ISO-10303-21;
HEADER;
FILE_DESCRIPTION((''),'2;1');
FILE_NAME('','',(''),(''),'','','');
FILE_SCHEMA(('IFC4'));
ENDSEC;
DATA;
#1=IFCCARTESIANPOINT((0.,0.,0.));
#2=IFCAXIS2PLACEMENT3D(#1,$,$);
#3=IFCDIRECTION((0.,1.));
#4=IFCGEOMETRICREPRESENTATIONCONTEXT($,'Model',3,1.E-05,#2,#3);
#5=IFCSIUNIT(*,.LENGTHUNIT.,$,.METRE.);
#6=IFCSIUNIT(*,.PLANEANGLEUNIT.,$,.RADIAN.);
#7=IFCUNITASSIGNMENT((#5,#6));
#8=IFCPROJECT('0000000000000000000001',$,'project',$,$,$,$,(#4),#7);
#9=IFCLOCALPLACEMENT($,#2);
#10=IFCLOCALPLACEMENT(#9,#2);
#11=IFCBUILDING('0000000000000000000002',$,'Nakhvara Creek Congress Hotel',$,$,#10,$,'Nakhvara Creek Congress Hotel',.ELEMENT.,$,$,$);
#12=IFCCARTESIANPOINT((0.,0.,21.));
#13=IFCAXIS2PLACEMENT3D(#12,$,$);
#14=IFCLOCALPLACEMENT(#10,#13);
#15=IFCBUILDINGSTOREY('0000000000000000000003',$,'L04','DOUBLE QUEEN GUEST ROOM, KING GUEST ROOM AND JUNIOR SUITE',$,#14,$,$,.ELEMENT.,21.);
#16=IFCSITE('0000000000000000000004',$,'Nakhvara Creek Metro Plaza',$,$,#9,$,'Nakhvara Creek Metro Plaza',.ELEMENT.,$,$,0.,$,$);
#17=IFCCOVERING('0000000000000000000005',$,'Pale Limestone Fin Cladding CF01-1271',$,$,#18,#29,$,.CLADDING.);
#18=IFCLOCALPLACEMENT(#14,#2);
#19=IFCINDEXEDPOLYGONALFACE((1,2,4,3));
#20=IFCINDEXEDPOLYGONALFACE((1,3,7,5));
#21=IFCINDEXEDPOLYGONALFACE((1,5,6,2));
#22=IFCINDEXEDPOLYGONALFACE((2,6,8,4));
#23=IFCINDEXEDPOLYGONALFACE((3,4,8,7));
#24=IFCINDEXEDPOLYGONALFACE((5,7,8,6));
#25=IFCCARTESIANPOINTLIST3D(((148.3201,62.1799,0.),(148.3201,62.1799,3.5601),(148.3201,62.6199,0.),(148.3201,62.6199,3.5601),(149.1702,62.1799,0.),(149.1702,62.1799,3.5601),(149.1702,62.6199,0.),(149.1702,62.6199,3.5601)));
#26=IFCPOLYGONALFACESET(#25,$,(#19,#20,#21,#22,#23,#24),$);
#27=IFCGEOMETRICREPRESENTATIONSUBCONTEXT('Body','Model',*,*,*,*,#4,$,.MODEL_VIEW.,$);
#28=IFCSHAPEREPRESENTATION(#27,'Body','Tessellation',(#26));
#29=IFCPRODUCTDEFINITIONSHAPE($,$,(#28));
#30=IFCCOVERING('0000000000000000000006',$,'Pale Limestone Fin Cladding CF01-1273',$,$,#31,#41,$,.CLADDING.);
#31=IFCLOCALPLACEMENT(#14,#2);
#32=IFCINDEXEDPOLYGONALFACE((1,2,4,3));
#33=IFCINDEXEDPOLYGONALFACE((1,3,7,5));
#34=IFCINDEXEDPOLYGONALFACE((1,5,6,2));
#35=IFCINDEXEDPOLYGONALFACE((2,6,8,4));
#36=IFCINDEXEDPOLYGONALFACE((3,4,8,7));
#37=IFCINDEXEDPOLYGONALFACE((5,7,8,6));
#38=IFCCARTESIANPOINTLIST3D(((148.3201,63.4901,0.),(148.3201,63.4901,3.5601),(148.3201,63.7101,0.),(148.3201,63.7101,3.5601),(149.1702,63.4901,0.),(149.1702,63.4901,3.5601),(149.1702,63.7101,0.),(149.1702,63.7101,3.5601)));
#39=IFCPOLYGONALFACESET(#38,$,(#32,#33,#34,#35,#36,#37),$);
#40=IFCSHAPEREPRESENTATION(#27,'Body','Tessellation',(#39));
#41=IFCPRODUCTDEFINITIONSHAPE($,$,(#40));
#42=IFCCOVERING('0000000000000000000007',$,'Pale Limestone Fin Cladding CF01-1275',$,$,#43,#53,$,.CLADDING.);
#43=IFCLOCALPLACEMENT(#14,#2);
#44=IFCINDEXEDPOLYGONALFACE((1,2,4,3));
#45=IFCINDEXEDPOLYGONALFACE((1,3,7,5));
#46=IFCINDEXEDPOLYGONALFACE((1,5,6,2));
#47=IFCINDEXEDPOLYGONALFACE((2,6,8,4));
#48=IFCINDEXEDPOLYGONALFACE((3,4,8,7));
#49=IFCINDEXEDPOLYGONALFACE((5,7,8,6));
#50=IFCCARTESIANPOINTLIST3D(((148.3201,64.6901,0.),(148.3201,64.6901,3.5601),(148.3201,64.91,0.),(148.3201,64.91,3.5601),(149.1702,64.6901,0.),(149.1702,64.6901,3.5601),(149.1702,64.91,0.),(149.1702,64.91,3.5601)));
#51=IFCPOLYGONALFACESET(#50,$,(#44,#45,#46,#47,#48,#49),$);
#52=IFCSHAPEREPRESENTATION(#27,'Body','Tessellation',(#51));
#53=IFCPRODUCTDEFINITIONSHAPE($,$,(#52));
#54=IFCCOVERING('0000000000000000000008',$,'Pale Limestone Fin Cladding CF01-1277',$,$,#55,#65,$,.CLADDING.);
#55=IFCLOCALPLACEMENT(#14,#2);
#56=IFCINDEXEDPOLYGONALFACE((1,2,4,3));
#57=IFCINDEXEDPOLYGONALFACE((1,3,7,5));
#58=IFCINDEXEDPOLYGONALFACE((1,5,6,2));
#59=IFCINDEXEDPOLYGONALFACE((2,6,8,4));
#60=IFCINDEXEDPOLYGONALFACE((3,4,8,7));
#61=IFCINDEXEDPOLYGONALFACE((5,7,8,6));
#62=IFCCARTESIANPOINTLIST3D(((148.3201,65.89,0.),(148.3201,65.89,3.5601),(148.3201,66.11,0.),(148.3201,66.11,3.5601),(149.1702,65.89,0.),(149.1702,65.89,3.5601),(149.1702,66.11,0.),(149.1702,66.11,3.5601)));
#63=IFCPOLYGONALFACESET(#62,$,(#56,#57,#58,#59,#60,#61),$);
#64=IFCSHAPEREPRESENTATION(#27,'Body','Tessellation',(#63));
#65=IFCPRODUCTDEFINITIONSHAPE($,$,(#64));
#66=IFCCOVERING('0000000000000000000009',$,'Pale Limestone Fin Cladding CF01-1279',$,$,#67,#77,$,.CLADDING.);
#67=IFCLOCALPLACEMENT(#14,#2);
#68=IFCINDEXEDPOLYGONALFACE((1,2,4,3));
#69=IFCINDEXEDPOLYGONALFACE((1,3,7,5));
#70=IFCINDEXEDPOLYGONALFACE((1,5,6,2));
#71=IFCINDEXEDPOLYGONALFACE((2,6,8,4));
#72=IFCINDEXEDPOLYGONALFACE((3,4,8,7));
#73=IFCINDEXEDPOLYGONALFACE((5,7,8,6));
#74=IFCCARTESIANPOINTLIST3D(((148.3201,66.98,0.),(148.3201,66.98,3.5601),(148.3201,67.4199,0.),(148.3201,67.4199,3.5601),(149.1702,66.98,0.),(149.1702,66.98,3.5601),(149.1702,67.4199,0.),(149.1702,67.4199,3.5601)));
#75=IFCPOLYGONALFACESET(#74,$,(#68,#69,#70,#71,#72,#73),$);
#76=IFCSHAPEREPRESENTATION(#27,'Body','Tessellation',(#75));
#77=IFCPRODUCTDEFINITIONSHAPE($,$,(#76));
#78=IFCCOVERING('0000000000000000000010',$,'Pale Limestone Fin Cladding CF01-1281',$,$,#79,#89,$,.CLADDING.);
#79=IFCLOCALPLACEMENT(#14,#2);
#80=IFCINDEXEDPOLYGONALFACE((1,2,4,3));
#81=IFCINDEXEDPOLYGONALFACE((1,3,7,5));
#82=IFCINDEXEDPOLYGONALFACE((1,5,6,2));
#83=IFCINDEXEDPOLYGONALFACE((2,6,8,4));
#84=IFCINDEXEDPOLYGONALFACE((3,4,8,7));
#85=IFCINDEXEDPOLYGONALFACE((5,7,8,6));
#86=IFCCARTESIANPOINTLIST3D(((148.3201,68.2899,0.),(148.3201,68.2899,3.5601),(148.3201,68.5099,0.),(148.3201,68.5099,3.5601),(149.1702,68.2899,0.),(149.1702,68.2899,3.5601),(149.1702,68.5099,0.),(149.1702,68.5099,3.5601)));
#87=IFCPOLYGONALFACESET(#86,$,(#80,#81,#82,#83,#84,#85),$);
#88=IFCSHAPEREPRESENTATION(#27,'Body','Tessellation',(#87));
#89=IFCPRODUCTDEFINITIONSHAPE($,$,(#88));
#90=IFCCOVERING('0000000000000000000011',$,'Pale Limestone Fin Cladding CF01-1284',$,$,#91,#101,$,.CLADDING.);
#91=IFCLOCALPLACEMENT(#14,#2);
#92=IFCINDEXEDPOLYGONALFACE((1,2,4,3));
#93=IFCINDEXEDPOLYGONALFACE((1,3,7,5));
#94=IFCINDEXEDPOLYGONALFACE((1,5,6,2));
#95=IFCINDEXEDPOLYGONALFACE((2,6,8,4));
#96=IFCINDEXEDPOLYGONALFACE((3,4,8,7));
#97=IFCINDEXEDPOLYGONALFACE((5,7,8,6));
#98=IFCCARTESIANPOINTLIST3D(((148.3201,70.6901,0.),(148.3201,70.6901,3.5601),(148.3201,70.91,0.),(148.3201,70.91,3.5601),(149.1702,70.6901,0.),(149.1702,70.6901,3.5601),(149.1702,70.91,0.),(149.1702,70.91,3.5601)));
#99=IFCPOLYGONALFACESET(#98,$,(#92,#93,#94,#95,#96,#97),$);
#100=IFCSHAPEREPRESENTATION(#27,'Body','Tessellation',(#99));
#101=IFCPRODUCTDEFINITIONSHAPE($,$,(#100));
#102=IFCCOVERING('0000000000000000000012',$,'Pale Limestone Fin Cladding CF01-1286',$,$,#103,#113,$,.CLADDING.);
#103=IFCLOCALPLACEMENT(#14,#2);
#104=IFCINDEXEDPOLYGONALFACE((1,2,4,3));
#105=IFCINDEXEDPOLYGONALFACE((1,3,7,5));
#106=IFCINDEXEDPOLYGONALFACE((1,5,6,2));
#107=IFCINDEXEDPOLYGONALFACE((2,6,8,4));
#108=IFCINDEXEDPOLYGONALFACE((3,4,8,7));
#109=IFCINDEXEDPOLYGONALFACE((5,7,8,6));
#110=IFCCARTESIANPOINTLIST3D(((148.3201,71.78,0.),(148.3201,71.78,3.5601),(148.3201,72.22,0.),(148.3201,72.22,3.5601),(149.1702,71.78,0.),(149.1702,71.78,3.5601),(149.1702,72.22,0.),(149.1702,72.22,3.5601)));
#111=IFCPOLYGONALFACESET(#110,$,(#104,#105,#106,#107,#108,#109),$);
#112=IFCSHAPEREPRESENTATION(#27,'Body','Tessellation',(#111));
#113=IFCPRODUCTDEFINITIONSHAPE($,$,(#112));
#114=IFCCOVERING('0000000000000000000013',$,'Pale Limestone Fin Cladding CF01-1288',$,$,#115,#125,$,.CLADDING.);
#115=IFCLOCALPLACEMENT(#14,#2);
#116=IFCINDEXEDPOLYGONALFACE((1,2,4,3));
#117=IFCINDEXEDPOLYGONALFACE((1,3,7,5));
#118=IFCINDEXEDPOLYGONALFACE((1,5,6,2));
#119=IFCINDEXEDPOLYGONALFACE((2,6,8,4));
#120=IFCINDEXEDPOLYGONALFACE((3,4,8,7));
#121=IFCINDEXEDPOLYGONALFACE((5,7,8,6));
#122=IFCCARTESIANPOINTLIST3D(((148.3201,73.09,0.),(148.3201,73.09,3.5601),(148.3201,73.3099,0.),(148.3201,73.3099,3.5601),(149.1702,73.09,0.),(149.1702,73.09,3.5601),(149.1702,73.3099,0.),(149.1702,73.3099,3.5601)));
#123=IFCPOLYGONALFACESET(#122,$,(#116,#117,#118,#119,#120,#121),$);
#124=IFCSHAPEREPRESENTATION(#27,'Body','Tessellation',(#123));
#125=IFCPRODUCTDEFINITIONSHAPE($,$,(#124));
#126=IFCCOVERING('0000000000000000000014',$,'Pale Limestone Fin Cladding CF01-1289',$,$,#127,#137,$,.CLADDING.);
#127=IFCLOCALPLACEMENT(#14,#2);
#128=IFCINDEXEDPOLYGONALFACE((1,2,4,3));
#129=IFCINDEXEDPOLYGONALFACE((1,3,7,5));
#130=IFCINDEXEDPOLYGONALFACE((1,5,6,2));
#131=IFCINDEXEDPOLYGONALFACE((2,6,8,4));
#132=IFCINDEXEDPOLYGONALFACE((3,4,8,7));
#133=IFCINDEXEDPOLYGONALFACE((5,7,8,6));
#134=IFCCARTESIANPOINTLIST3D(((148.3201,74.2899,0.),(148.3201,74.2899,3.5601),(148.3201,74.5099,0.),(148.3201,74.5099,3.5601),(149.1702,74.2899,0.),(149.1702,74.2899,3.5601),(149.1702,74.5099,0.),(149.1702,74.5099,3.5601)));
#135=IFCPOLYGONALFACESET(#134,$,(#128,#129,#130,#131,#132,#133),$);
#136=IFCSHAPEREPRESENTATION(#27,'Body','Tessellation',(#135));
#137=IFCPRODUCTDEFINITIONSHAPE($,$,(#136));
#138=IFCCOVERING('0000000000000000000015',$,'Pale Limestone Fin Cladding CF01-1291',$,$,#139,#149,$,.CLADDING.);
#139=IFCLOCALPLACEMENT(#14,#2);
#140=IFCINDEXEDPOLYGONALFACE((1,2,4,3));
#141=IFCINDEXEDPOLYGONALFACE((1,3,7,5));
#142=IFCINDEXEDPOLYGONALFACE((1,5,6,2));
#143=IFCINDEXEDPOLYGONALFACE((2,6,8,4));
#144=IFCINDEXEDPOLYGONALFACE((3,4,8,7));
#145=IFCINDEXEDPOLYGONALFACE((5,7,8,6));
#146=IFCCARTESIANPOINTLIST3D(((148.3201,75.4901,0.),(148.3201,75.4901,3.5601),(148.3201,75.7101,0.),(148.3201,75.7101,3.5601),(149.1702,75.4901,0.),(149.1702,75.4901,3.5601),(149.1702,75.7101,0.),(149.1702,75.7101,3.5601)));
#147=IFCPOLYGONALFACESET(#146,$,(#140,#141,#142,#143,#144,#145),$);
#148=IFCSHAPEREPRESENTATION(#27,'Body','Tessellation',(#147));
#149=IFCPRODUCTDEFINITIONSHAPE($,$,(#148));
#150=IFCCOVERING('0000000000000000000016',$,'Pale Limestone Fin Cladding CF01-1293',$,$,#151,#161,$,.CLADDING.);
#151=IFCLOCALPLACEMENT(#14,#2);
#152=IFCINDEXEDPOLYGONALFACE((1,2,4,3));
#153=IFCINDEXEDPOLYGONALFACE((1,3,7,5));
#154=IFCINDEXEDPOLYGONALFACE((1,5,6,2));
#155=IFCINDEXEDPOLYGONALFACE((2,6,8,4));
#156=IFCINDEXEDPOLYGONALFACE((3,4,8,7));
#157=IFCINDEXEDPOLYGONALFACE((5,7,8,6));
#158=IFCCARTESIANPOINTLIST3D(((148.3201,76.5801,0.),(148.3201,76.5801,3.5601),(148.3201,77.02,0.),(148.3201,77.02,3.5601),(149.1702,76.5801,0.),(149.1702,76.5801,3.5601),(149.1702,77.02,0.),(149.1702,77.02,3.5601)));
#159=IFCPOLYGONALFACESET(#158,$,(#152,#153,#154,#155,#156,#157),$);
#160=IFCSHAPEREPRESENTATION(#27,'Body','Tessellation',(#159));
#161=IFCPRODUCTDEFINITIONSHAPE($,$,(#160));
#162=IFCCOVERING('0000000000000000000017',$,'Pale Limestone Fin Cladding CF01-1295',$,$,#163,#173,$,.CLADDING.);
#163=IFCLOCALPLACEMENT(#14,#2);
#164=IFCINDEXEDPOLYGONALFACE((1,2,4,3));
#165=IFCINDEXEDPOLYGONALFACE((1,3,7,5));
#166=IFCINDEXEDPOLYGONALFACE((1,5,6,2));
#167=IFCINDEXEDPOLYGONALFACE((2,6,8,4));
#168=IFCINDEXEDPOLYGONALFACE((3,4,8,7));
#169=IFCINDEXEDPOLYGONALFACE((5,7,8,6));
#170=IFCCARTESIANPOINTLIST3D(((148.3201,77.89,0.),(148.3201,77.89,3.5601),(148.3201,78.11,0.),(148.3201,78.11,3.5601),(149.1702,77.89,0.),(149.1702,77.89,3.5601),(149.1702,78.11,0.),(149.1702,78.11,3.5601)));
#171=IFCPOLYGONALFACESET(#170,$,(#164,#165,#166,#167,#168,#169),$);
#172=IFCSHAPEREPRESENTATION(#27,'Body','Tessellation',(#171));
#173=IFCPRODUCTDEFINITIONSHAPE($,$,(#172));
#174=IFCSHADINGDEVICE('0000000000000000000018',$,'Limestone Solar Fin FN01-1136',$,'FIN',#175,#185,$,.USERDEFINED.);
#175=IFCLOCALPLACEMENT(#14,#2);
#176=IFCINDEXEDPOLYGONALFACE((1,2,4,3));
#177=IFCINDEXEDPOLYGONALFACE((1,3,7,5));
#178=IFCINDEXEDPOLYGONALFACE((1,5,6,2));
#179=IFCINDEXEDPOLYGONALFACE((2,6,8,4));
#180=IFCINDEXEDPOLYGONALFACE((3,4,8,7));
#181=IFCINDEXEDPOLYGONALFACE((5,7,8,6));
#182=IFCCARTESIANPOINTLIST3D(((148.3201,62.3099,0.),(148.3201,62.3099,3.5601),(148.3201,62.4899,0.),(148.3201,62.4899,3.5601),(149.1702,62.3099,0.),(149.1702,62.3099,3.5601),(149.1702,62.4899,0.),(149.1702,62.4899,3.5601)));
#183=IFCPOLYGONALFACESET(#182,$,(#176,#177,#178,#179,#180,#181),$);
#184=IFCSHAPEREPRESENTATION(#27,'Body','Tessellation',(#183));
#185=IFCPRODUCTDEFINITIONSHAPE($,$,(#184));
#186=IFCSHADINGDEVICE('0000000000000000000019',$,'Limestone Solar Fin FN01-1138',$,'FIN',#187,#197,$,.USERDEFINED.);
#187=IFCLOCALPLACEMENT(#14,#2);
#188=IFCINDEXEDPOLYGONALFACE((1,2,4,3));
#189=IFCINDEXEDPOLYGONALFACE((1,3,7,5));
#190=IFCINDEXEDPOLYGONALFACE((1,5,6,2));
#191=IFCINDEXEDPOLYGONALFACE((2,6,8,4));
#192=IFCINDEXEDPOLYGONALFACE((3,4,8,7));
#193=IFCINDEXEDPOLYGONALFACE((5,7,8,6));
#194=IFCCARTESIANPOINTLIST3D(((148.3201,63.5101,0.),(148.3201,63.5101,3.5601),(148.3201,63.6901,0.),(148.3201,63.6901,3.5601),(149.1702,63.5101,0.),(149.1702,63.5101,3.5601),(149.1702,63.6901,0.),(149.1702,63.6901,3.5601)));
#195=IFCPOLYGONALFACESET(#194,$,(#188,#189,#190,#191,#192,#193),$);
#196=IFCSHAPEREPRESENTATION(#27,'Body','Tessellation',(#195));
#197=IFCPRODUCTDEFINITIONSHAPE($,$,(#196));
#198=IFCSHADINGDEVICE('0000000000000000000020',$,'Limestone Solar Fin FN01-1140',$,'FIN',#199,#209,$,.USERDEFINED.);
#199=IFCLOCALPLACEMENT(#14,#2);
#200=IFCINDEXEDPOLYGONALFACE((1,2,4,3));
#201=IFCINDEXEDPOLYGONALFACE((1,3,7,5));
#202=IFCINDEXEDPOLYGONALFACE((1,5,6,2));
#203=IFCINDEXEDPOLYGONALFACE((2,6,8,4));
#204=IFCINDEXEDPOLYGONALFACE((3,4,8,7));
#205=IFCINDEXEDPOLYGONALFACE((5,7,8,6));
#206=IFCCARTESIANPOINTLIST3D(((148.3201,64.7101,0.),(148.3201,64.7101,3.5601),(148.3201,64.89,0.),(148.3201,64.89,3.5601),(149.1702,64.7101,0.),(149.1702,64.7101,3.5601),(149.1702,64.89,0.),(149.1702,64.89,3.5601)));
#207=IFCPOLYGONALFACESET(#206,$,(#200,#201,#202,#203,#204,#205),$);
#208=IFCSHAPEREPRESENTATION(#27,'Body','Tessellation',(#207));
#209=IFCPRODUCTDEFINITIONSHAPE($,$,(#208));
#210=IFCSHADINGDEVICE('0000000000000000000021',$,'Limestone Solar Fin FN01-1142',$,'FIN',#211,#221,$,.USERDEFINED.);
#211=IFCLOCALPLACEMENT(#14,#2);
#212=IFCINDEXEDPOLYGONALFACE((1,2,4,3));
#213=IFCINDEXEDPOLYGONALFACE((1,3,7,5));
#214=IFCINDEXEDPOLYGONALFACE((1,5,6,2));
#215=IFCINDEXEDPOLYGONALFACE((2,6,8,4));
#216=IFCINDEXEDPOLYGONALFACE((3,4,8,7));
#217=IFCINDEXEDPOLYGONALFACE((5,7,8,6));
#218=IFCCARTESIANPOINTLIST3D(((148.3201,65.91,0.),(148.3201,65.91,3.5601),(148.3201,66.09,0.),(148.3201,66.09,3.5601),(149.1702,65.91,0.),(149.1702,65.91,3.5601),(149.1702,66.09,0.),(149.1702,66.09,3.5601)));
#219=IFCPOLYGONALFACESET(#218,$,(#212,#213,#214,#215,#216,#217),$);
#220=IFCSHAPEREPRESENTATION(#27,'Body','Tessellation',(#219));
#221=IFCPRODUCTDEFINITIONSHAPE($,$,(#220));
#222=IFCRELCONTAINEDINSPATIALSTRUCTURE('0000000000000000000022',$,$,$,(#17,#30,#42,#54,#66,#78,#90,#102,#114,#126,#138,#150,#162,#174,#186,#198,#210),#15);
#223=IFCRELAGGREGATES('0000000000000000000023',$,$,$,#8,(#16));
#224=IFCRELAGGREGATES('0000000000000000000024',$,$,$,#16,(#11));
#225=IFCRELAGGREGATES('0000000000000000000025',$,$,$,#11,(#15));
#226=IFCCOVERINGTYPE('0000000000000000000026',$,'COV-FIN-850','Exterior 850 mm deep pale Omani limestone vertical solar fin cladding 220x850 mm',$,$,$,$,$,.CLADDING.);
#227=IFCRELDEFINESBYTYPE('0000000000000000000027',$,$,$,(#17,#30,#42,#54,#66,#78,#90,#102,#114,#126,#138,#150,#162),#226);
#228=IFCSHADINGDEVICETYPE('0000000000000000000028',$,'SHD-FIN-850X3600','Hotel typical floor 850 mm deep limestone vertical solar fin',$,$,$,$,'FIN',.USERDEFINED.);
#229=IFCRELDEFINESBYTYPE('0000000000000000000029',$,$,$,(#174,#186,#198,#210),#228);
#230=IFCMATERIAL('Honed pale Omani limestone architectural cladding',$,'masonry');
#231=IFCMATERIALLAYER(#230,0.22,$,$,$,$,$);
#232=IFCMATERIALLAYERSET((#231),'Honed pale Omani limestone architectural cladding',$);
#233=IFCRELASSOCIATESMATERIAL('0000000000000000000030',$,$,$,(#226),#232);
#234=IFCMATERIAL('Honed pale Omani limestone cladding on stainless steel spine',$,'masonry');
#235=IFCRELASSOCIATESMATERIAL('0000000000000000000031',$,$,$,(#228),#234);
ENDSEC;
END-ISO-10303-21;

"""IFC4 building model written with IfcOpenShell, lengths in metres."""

from ifc_helpers import new_model, si_unit, direction, frame, origin, origin_2d, place, context, subcontext, project, spatial, rectangle, extrude, material, layer, layer_set, type_object, element, save


model = new_model("IFC4")

# Units and contexts
model_context = context("Model", 3, precision=1e-05, world=origin(), true_north=direction((0.0, 1.0)))
body_context = subcontext(model_context, "Body", "Model", "MODEL_VIEW")
ifc_project = project(units=[si_unit("LENGTHUNIT", "METRE"), si_unit("PLANEANGLEUNIT", "RADIAN")], contexts=[model_context])

# Site, building, storey
site_placement = place(None, origin())
site = spatial("IfcSite", under=ifc_project, at=site_placement, Name="Nakhvara Creek Metro Plaza", LongName="Nakhvara Creek Metro Plaza", CompositionType="ELEMENT", RefElevation=0.0)
building_placement = place(site_placement, origin())
building = spatial("IfcBuilding", under=site, at=building_placement, Name="Nakhvara Creek Congress Hotel", LongName="Nakhvara Creek Congress Hotel", CompositionType="ELEMENT")
storey_placement = place(building_placement, frame((0.0, 0.0, 21.0)))
storey = spatial("IfcBuildingStorey", under=building, at=storey_placement, Name="L04", Description="DOUBLE QUEEN GUEST ROOM, KING GUEST ROOM AND JUNIOR SUITE", CompositionType="ELEMENT", Elevation=21.0)

# Coverings
ifc_material_1 = material(Name="Honed pale Omani limestone architectural cladding", Category="masonry")
ifc_layer = layer(ifc_material_1, 0.22)
ifc_layer_set = layer_set([ifc_layer], Name="Honed pale Omani limestone architectural cladding")
covering_type = type_object("IfcCoveringType", Name="COV-FIN-850", Description="Exterior 850 mm deep pale Omani limestone vertical solar fin cladding 220x850 mm", PredefinedType="CLADDING", material=ifc_layer_set)
covering_1_placement = place(storey_placement, frame((148.7451, 62.3999, 0.0), z_axis=(0.0, 0.0, 1.0), x_axis=(0.0, 1.0, 0.0)))
element("IfcCovering", 1, at=covering_1_placement, inside=storey, type_object=covering_type, Name="Pale Limestone Fin Cladding CF01-1271", PredefinedType="CLADDING", context=body_context, shape_type="SweptSolid", body=[
    extrude(rectangle(XDim=0.4399, YDim=0.8501, at=origin_2d()), origin(), (0.0, 0.0, 1.0), 3.5601),
])
for number, where, z_axis, x_axis, name in (
    (2, (148.7451, 63.6001, 0.0), (0.0, 0.0, 1.0), (0.0, 1.0, 0.0), "Pale Limestone Fin Cladding CF01-1273"),
    (3, (148.7451, 64.8, 0.0), (0.0, 0.0, 1.0), (0.0, 1.0, 0.0), "Pale Limestone Fin Cladding CF01-1275"),
    (4, (148.7451, 66.0, 0.0), (0.0, 0.0, 1.0), (0.0, 1.0, 0.0), "Pale Limestone Fin Cladding CF01-1277"),
):
    element("IfcCovering", number, at=place(storey_placement, frame(where, z_axis=z_axis, x_axis=x_axis)), inside=storey, type_object=covering_type, Name=name, PredefinedType="CLADDING", context=body_context, shape_type="SweptSolid", body=[
        extrude(rectangle(XDim=0.22, YDim=0.8501, at=origin_2d()), origin(), (0.0, 0.0, 1.0), 3.5601),
    ])
covering_2_placement = place(storey_placement, frame((148.7451, 67.2, 0.0), z_axis=(0.0, 0.0, 1.0), x_axis=(0.0, 1.0, 0.0)))
element("IfcCovering", 5, at=covering_2_placement, inside=storey, type_object=covering_type, Name="Pale Limestone Fin Cladding CF01-1279", PredefinedType="CLADDING", context=body_context, shape_type="SweptSolid", body=[
    extrude(rectangle(XDim=0.4399, YDim=0.8501, at=origin_2d()), origin(), (0.0, 0.0, 1.0), 3.5601),
])
for number, where, z_axis, x_axis, name in (
    (6, (148.7451, 68.3999, 0.0), (0.0, 0.0, 1.0), (0.0, 1.0, 0.0), "Pale Limestone Fin Cladding CF01-1281"),
    (7, (148.7451, 70.8, 0.0), (0.0, 0.0, 1.0), (0.0, 1.0, 0.0), "Pale Limestone Fin Cladding CF01-1284"),
):
    element("IfcCovering", number, at=place(storey_placement, frame(where, z_axis=z_axis, x_axis=x_axis)), inside=storey, type_object=covering_type, Name=name, PredefinedType="CLADDING", context=body_context, shape_type="SweptSolid", body=[
        extrude(rectangle(XDim=0.22, YDim=0.8501, at=origin_2d()), origin(), (0.0, 0.0, 1.0), 3.5601),
    ])
covering_3_placement = place(storey_placement, frame((148.7451, 72.0, 0.0), z_axis=(0.0, 0.0, 1.0), x_axis=(0.0, 1.0, 0.0)))
element("IfcCovering", 8, at=covering_3_placement, inside=storey, type_object=covering_type, Name="Pale Limestone Fin Cladding CF01-1286", PredefinedType="CLADDING", context=body_context, shape_type="SweptSolid", body=[
    extrude(rectangle(XDim=0.4399, YDim=0.8501, at=origin_2d()), origin(), (0.0, 0.0, 1.0), 3.5601),
])
for number, where, z_axis, x_axis, name in (
    (9, (148.7451, 73.2, 0.0), (0.0, 0.0, 1.0), (0.0, 1.0, 0.0), "Pale Limestone Fin Cladding CF01-1288"),
    (10, (148.7451, 74.3999, 0.0), (0.0, 0.0, 1.0), (0.0, 1.0, 0.0), "Pale Limestone Fin Cladding CF01-1289"),
    (11, (148.7451, 75.6001, 0.0), (0.0, 0.0, 1.0), (0.0, 1.0, 0.0), "Pale Limestone Fin Cladding CF01-1291"),
):
    element("IfcCovering", number, at=place(storey_placement, frame(where, z_axis=z_axis, x_axis=x_axis)), inside=storey, type_object=covering_type, Name=name, PredefinedType="CLADDING", context=body_context, shape_type="SweptSolid", body=[
        extrude(rectangle(XDim=0.22, YDim=0.8501, at=origin_2d()), origin(), (0.0, 0.0, 1.0), 3.5601),
    ])
covering_4_placement = place(storey_placement, frame((148.7451, 76.8, 0.0), z_axis=(0.0, 0.0, 1.0), x_axis=(0.0, 1.0, 0.0)))
element("IfcCovering", 12, at=covering_4_placement, inside=storey, type_object=covering_type, Name="Pale Limestone Fin Cladding CF01-1293", PredefinedType="CLADDING", context=body_context, shape_type="SweptSolid", body=[
    extrude(rectangle(XDim=0.4399, YDim=0.8501, at=origin_2d()), origin(), (0.0, 0.0, 1.0), 3.5601),
])
covering_5_placement = place(storey_placement, frame((148.7451, 78.0, 0.0), z_axis=(0.0, 0.0, 1.0), x_axis=(0.0, 1.0, 0.0)))
element("IfcCovering", 13, at=covering_5_placement, inside=storey, type_object=covering_type, Name="Pale Limestone Fin Cladding CF01-1295", PredefinedType="CLADDING", context=body_context, shape_type="SweptSolid", body=[
    extrude(rectangle(XDim=0.22, YDim=0.8501, at=origin_2d()), origin(), (0.0, 0.0, 1.0), 3.5601),
])

# Shading devices
ifc_material_2 = material(Name="Honed pale Omani limestone cladding on stainless steel spine", Category="masonry")
shading_device_type = type_object("IfcShadingDeviceType", Name="SHD-FIN-850X3600", Description="Hotel typical floor 850 mm deep limestone vertical solar fin", ElementType="FIN", PredefinedType="USERDEFINED", material=ifc_material_2)
for number, where, z_axis, x_axis, name in (
    (14, (148.7451, 62.3999, 0.0), (0.0, 0.0, 1.0), (0.0, 1.0, 0.0), "Limestone Solar Fin FN01-1136"),
    (15, (148.7451, 63.6001, 0.0), (0.0, 0.0, 1.0), (0.0, 1.0, 0.0), "Limestone Solar Fin FN01-1138"),
    (16, (148.7451, 64.8, 0.0), (0.0, 0.0, 1.0), (0.0, 1.0, 0.0), "Limestone Solar Fin FN01-1140"),
    (17, (148.7451, 66.0, 0.0), (0.0, 0.0, 1.0), (0.0, 1.0, 0.0), "Limestone Solar Fin FN01-1142"),
):
    element("IfcShadingDevice", number, at=place(storey_placement, frame(where, z_axis=z_axis, x_axis=x_axis)), inside=storey, type_object=shading_device_type, Name=name, ObjectType="FIN", PredefinedType="USERDEFINED", context=body_context, shape_type="SweptSolid", body=[
        extrude(rectangle(XDim=0.1799, YDim=0.8501, at=origin_2d()), origin(), (0.0, 0.0, 1.0), 3.5601),
    ])

save(model, "model.ifc")
